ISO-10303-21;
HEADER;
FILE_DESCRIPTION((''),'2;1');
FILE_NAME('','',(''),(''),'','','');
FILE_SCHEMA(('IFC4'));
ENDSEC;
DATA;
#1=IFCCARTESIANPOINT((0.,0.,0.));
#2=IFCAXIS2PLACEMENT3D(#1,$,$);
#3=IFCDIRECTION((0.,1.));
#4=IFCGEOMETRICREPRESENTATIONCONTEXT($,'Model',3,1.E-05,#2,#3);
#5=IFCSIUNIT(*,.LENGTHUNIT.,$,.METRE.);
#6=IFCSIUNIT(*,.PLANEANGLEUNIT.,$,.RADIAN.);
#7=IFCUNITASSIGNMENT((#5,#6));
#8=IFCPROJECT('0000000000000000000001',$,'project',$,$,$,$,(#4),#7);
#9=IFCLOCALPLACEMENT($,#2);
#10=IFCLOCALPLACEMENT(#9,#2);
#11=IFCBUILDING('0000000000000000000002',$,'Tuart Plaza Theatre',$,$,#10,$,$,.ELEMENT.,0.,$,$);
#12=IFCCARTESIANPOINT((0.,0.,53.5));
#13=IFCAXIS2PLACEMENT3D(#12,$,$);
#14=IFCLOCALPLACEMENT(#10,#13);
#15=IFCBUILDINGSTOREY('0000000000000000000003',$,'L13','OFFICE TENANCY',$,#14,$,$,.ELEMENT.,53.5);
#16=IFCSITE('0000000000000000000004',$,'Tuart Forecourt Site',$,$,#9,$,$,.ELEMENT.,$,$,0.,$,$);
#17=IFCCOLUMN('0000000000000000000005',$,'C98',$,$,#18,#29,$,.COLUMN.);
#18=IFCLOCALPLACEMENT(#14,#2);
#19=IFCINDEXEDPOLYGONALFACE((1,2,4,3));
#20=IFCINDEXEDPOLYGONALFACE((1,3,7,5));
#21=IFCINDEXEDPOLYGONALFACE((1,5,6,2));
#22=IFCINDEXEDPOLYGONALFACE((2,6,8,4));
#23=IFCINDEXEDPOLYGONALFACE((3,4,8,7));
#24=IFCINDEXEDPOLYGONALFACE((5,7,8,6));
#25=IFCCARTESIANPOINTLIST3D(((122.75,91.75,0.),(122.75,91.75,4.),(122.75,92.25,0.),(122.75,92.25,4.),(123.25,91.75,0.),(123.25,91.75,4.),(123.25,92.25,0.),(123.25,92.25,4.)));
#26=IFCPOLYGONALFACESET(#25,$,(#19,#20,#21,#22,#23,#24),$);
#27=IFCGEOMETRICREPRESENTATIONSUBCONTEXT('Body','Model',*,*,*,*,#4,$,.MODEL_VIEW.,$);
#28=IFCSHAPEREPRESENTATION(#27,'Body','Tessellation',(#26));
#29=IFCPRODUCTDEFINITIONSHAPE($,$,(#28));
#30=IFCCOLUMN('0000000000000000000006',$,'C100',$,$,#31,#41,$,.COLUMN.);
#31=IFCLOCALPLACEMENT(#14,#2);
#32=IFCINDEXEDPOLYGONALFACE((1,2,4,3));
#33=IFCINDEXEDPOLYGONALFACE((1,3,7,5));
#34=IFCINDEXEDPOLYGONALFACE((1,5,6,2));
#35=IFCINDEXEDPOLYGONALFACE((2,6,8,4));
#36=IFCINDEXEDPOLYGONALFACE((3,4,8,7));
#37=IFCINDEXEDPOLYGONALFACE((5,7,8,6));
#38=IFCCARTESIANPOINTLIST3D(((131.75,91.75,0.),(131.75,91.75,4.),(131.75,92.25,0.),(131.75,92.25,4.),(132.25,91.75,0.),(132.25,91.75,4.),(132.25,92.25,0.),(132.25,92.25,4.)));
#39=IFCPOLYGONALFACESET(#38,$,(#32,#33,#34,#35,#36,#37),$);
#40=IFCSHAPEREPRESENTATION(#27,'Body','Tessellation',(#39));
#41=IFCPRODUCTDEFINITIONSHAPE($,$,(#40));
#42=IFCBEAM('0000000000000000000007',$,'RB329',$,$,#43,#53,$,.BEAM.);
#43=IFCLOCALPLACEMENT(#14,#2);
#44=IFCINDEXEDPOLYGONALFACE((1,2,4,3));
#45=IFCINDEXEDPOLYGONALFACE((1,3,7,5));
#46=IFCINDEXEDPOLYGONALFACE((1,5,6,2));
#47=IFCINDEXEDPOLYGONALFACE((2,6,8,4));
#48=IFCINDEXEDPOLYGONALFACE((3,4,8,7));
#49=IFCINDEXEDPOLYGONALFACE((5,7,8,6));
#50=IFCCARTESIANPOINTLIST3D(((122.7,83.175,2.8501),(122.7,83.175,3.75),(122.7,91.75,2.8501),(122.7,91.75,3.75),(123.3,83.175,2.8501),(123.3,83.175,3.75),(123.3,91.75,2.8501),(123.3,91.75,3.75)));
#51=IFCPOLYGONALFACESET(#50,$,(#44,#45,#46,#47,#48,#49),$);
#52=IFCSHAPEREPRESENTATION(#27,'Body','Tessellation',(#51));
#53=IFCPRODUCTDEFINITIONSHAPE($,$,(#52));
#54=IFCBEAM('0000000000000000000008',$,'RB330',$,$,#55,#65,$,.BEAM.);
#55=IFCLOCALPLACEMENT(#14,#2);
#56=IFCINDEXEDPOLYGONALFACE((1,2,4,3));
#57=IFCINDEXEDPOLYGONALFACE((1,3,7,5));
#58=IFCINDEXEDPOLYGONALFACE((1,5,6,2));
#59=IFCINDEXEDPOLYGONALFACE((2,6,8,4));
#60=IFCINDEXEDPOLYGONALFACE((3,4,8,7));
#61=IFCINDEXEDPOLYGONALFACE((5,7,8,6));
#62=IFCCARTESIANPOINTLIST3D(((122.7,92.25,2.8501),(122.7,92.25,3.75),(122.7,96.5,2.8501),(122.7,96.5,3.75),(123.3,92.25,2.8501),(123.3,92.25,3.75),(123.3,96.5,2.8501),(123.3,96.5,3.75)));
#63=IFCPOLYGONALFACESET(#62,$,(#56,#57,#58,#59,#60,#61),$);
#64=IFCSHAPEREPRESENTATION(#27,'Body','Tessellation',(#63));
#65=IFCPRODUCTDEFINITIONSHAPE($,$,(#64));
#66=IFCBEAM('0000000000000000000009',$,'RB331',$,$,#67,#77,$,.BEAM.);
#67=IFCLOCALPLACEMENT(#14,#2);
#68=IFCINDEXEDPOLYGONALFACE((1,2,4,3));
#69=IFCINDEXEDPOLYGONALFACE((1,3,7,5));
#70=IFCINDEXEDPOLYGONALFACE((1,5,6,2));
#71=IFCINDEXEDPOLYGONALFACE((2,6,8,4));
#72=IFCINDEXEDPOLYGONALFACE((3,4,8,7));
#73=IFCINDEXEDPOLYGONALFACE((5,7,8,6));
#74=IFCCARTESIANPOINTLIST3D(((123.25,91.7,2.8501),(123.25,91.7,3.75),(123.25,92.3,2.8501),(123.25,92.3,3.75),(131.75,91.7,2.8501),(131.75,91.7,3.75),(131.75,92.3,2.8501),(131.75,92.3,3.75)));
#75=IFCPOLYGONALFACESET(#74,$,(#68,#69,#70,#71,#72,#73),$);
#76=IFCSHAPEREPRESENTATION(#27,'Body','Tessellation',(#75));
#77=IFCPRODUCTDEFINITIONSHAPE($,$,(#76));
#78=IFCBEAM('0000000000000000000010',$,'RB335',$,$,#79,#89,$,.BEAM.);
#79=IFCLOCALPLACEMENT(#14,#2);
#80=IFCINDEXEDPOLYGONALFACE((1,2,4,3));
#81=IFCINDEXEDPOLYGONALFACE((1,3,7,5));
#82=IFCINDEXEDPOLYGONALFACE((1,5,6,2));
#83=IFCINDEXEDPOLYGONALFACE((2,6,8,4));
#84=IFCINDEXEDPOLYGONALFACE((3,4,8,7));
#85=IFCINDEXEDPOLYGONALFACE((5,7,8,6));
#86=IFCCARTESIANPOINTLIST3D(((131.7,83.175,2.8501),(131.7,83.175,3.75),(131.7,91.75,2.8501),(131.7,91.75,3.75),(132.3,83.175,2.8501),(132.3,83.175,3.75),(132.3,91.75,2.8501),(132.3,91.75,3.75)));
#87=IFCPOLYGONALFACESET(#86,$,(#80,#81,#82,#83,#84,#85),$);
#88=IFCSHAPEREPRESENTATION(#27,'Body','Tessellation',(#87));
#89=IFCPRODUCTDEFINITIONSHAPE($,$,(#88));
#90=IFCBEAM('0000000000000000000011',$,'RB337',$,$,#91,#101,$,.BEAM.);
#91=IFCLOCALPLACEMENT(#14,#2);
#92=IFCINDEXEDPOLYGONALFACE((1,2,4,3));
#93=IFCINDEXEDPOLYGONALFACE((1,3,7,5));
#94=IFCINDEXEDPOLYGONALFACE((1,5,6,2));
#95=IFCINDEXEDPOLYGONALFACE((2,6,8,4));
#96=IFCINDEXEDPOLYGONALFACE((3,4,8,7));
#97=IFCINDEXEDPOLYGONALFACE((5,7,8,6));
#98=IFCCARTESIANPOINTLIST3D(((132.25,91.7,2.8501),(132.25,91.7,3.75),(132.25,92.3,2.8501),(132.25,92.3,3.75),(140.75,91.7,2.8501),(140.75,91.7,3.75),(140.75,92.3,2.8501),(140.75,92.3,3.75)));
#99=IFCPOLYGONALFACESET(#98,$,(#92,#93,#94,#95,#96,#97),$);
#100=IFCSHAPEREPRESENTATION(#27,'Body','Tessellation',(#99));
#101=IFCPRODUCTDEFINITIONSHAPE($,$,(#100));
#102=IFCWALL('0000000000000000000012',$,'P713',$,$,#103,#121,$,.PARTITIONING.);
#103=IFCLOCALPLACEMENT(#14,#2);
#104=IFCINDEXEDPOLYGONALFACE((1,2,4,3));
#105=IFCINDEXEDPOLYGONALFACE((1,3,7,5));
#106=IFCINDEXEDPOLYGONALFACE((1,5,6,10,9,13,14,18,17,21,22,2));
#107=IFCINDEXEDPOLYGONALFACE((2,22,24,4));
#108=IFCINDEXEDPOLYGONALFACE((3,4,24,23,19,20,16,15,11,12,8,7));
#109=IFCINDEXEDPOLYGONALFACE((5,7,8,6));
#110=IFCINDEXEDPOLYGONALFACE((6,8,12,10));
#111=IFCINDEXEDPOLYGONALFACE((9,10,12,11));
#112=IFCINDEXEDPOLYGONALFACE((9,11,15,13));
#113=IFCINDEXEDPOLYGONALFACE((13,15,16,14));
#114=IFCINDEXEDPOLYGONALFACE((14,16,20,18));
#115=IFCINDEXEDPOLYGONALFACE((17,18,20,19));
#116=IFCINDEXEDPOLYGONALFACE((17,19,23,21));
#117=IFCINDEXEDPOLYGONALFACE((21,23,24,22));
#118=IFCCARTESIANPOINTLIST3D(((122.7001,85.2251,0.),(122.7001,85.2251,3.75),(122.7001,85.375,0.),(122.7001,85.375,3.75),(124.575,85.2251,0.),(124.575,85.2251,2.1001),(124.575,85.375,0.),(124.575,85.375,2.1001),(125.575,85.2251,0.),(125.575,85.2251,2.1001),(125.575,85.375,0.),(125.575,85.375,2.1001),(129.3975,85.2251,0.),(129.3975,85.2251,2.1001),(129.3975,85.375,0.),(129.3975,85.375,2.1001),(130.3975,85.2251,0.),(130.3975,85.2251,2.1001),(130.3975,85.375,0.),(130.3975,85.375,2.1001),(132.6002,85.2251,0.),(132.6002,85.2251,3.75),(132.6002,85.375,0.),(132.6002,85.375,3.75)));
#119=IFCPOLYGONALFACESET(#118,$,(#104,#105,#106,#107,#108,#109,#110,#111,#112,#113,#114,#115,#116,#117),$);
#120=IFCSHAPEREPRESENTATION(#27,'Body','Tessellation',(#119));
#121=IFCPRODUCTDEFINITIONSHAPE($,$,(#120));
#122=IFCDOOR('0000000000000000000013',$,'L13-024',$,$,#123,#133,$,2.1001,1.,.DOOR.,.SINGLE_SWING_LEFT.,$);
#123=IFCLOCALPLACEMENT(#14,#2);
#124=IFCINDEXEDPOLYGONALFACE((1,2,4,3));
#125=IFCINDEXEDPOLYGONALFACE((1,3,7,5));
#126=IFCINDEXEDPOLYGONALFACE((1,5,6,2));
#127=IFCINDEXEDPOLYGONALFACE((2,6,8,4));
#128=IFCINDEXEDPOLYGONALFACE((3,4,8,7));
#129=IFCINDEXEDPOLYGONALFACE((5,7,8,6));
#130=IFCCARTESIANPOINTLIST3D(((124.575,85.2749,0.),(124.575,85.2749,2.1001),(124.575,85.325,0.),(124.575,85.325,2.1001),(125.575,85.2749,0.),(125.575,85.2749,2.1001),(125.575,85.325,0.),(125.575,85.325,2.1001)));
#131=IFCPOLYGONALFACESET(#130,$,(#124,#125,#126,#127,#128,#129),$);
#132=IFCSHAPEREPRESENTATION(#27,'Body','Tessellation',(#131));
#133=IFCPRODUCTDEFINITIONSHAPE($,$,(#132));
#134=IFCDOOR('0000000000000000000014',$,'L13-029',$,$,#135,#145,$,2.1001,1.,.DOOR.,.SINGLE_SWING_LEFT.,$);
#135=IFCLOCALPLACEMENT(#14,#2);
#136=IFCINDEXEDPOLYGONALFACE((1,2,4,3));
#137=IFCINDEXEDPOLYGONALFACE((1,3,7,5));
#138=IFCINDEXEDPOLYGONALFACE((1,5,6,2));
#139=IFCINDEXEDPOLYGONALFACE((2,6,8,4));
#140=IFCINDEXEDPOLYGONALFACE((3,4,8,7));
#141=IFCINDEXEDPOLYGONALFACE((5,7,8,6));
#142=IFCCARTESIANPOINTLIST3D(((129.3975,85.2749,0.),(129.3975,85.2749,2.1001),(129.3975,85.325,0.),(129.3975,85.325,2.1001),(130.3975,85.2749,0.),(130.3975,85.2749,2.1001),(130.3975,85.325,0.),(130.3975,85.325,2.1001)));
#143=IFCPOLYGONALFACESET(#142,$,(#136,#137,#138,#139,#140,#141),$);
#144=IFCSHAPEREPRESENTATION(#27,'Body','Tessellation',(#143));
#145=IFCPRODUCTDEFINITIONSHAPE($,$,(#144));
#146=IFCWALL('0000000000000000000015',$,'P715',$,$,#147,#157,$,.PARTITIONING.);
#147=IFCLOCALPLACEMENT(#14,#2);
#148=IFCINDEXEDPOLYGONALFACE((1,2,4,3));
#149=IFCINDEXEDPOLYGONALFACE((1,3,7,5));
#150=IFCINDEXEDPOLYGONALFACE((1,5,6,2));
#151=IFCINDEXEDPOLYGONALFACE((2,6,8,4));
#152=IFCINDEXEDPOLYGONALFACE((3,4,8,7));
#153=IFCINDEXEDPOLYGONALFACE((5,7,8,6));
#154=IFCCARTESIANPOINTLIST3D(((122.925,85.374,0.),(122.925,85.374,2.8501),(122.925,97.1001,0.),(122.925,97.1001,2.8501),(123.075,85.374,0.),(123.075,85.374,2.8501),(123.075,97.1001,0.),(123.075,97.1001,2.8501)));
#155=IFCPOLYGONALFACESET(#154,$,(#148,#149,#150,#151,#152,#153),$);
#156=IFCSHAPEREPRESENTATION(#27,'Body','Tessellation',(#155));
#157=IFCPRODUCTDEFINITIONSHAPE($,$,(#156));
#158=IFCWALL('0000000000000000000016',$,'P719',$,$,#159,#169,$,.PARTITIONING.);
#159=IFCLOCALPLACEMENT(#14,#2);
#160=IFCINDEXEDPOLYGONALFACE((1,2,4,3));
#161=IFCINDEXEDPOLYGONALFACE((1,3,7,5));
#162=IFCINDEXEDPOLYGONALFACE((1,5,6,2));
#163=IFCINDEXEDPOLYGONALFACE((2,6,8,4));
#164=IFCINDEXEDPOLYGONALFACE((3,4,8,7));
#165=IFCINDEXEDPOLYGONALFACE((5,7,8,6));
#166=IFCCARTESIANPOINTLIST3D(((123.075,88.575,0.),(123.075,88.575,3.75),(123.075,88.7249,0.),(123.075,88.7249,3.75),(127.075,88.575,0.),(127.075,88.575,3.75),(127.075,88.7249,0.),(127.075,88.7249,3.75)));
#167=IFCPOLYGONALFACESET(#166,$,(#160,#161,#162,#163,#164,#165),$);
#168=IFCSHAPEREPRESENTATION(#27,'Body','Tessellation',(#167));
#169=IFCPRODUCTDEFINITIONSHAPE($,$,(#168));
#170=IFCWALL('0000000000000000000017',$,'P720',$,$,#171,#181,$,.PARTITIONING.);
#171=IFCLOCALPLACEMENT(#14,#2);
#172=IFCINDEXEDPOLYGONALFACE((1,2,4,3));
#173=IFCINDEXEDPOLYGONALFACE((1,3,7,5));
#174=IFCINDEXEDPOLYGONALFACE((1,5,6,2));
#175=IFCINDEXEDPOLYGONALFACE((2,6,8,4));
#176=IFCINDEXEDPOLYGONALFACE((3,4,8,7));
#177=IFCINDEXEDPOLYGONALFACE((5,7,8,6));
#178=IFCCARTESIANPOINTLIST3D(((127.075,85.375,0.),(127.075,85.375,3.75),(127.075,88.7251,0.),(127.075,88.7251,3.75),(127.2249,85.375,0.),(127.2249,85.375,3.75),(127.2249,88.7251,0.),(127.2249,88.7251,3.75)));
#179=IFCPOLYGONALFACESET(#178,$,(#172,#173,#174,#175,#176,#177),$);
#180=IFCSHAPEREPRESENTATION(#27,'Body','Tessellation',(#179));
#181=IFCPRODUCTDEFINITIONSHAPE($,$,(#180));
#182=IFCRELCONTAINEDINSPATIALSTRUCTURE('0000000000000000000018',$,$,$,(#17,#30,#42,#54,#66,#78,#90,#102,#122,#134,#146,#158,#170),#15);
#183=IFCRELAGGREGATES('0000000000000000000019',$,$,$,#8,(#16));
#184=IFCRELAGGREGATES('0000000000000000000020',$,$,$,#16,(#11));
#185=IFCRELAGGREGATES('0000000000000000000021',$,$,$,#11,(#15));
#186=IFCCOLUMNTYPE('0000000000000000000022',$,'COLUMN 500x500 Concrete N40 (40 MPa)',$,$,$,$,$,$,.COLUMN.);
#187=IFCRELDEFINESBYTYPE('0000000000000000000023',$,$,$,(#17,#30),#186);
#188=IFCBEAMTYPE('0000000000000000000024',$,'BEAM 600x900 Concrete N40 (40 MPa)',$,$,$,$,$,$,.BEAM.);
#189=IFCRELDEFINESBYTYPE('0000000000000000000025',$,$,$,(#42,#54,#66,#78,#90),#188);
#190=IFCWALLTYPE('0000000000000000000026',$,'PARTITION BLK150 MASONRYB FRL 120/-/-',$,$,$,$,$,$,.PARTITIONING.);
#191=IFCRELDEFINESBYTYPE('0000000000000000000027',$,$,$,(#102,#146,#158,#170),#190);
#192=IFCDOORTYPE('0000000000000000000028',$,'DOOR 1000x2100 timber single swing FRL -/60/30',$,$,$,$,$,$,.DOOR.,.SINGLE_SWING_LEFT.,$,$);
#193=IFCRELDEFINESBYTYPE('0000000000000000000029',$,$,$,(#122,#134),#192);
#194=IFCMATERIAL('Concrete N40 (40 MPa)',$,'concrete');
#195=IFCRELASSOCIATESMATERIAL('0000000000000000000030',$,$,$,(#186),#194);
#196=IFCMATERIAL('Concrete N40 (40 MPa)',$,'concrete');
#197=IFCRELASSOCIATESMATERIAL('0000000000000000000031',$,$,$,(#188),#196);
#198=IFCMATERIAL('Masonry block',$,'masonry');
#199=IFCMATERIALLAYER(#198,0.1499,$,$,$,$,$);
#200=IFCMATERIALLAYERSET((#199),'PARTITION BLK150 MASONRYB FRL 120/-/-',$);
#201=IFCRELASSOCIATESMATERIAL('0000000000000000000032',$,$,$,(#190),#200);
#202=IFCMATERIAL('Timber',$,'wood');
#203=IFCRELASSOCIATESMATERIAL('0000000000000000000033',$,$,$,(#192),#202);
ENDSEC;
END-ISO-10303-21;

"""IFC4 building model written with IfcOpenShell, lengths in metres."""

from ifc_helpers import new_model, si_unit, direction, frame, frame_2d, origin, origin_2d, place, context, subcontext, project, spatial, rectangle, extrude, material, layer, layer_set, material_profile, profile_set, type_object, element, fill, save


model = new_model("IFC4")

# Units and contexts
model_context = context("Model", 3, precision=1e-05, world=origin(), true_north=direction((0.0, 1.0)))
body_context = subcontext(model_context, "Body", "Model", "MODEL_VIEW")
ifc_project = project(units=[si_unit("LENGTHUNIT", "METRE"), si_unit("PLANEANGLEUNIT", "RADIAN")], contexts=[model_context])

# Site, building, storey
site_placement = place(None, origin())
site = spatial("IfcSite", under=ifc_project, at=site_placement, Name="Tuart Forecourt Site", CompositionType="ELEMENT", RefElevation=0.0)
building_placement = place(site_placement, origin())
building = spatial("IfcBuilding", under=site, at=building_placement, Name="Tuart Plaza Theatre", CompositionType="ELEMENT", ElevationOfRefHeight=0.0)
storey_placement = place(building_placement, frame((0.0, 0.0, 53.5)))
storey = spatial("IfcBuildingStorey", under=building, at=storey_placement, Name="L13", Description="OFFICE TENANCY", CompositionType="ELEMENT", Elevation=53.5)

# Columns
ifc_material_1 = material(Name="Concrete N40 (40 MPa)", Category="concrete")
ifc_material_profile_1 = material_profile(ifc_material_1, rectangle(XDim=0.5, YDim=0.5, at=origin_2d()), Name="COLUMN 500x500 Concrete N40 (40 MPa)")
ifc_profile_set_1 = profile_set([ifc_material_profile_1], Name="Concrete N40 (40 MPa)")
column_type = type_object("IfcColumnType", Name="COLUMN 500x500 Concrete N40 (40 MPa)", PredefinedType="COLUMN", material=ifc_profile_set_1)
for number, where, z_axis, x_axis, name in (
    (1, (123.0, 92.0, 0.0), (0.0, 0.0, 1.0), (1.0, 0.0, 0.0), "C98"),
    (2, (132.0, 92.0, 0.0), (0.0, 0.0, 1.0), (1.0, 0.0, 0.0), "C100"),
):
    element("IfcColumn", number, at=place(storey_placement, frame(where, z_axis=z_axis, x_axis=x_axis)), inside=storey, type_object=column_type, Name=name, PredefinedType="COLUMN", context=body_context, shape_type="SweptSolid", body=[
        extrude(rectangle(XDim=0.5, YDim=0.5, at=origin_2d()), origin(), (0.0, 0.0, 1.0), 4.0),
    ])

# Beams
ifc_material_2 = material(Name="Concrete N40 (40 MPa)", Category="concrete")
ifc_material_profile_2 = material_profile(ifc_material_2, rectangle(XDim=0.6001, YDim=0.8999, at=origin_2d()), Name="BEAM 600x900 Concrete N40 (40 MPa)")
ifc_profile_set_2 = profile_set([ifc_material_profile_2], Name="Concrete N40 (40 MPa)")
beam_type = type_object("IfcBeamType", Name="BEAM 600x900 Concrete N40 (40 MPa)", PredefinedType="BEAM", material=ifc_profile_set_2)
beam_1_placement = place(storey_placement, frame((123.0, 83.175, 3.3), z_axis=(0.0, 1.0, 0.0), x_axis=(-1.0, 0.0, 0.0)))
element("IfcBeam", 3, at=beam_1_placement, inside=storey, type_object=beam_type, Name="RB329", PredefinedType="BEAM", context=body_context, shape_type="SweptSolid", body=[
    extrude(rectangle(XDim=0.6001, YDim=0.8999, at=origin_2d()), origin(), (0.0, 0.0, 1.0), 8.575),
])
beam_2_placement = place(storey_placement, frame((123.0, 92.25, 3.3), z_axis=(0.0, 1.0, 0.0), x_axis=(-1.0, 0.0, 0.0)))
element("IfcBeam", 4, at=beam_2_placement, inside=storey, type_object=beam_type, Name="RB330", PredefinedType="BEAM", context=body_context, shape_type="SweptSolid", body=[
    extrude(rectangle(XDim=0.6001, YDim=0.8999, at=origin_2d()), origin(), (0.0, 0.0, 1.0), 4.25),
])
beam_3_placement = place(storey_placement, frame((123.25, 92.0, 3.3), z_axis=(1.0, 0.0, 0.0), x_axis=(0.0, 1.0, 0.0)))
element("IfcBeam", 5, at=beam_3_placement, inside=storey, type_object=beam_type, Name="RB331", PredefinedType="BEAM", context=body_context, shape_type="SweptSolid", body=[
    extrude(rectangle(XDim=0.6001, YDim=0.8999, at=origin_2d()), origin(), (0.0, 0.0, 1.0), 8.5),
])
beam_4_placement = place(storey_placement, frame((132.0, 83.175, 3.3), z_axis=(0.0, 1.0, 0.0), x_axis=(-1.0, 0.0, 0.0)))
element("IfcBeam", 6, at=beam_4_placement, inside=storey, type_object=beam_type, Name="RB335", PredefinedType="BEAM", context=body_context, shape_type="SweptSolid", body=[
    extrude(rectangle(XDim=0.6001, YDim=0.8999, at=origin_2d()), origin(), (0.0, 0.0, 1.0), 8.575),
])
beam_5_placement = place(storey_placement, frame((132.25, 92.0, 3.3), z_axis=(1.0, 0.0, 0.0), x_axis=(0.0, 1.0, 0.0)))
element("IfcBeam", 7, at=beam_5_placement, inside=storey, type_object=beam_type, Name="RB337", PredefinedType="BEAM", context=body_context, shape_type="SweptSolid", body=[
    extrude(rectangle(XDim=0.6001, YDim=0.8999, at=origin_2d()), origin(), (0.0, 0.0, 1.0), 8.5),
])

# Wall, openings, doors
ifc_material_3 = material(Name="Masonry block", Category="masonry")
ifc_layer_1 = layer(ifc_material_3, 0.1499)
ifc_layer_set_1 = layer_set([ifc_layer_1], Name="PARTITION BLK150 MASONRYB FRL 120/-/-")
wall_type_1 = type_object("IfcWallType", Name="PARTITION BLK150 MASONRYB FRL 120/-/-", PredefinedType="PARTITIONING", material=ifc_layer_set_1)
wall_1_placement = place(storey_placement, frame((122.7, 85.3, 0.0), z_axis=(0.0, 0.0, 1.0), x_axis=(1.0, 0.0, 0.0)))
wall_1 = element("IfcWall", 8, at=wall_1_placement, inside=storey, type_object=wall_type_1, Name="P713", PredefinedType="PARTITIONING", context=body_context, shape_type="SweptSolid", body=[
    extrude(rectangle(XDim=9.9001, YDim=0.1499, at=frame_2d((4.9502, 0.0))), origin(), (0.0, 0.0, 1.0), 3.75),
])
opening_1_placement = place(wall_1_placement, frame((1.875, 0.0, 0.0)))
opening_1 = element("IfcOpeningElement", 9, at=opening_1_placement, cuts=wall_1, PredefinedType="OPENING", context=body_context, shape_type="SweptSolid", body=[
    extrude(rectangle(XDim=1.0, YDim=2.1001, at=frame_2d((0.5, 1.05))), frame((0.0, 0.085, 0.0), z_axis=(0.0, -1.0, 0.0), x_axis=(1.0, 0.0, 0.0)), (0.0, 0.0, 1.0), 0.1699),
])
opening_2_placement = place(wall_1_placement, frame((6.6975, 0.0, 0.0)))
opening_2 = element("IfcOpeningElement", 10, at=opening_2_placement, cuts=wall_1, PredefinedType="OPENING", context=body_context, shape_type="SweptSolid", body=[
    extrude(rectangle(XDim=1.0, YDim=2.1001, at=frame_2d((0.5, 1.05))), frame((0.0, 0.085, 0.0), z_axis=(0.0, -1.0, 0.0), x_axis=(1.0, 0.0, 0.0)), (0.0, 0.0, 1.0), 0.1699),
])
ifc_material_4 = material(Name="Timber", Category="wood")
door_type_1 = type_object("IfcDoorType", Name="DOOR 1000x2100 timber single swing FRL -/60/30", OperationType="SINGLE_SWING_LEFT", PredefinedType="DOOR", material=ifc_material_4)
door_1_placement = place(opening_1_placement, origin())
door_1 = element("IfcDoor", 11, at=door_1_placement, inside=storey, type_object=door_type_1, Name="L13-024", OperationType="SINGLE_SWING_LEFT", OverallHeight=2.1001, OverallWidth=1.0, PredefinedType="DOOR", context=body_context, shape_type="SweptSolid", body=[
    extrude(rectangle(XDim=1.0, YDim=2.1001, at=frame_2d((0.5, 1.05))), frame((0.0, 0.0249, 0.0), z_axis=(0.0, -1.0, 0.0), x_axis=(1.0, 0.0, 0.0)), (0.0, 0.0, 1.0), 0.05),
])
fill(opening_1, door_1)
door_2_placement = place(opening_2_placement, origin())
door_2 = element("IfcDoor", 12, at=door_2_placement, inside=storey, type_object=door_type_1, Name="L13-029", OperationType="SINGLE_SWING_LEFT", OverallHeight=2.1001, OverallWidth=1.0, PredefinedType="DOOR", context=body_context, shape_type="SweptSolid", body=[
    extrude(rectangle(XDim=1.0, YDim=2.1001, at=frame_2d((0.5, 1.05))), frame((0.0, 0.0249, 0.0), z_axis=(0.0, -1.0, 0.0), x_axis=(1.0, 0.0, 0.0)), (0.0, 0.0, 1.0), 0.05),
])
fill(opening_2, door_2)

# Walls
wall_2_placement = place(storey_placement, frame((123.0, 85.374, 0.0), z_axis=(0.0, 0.0, 1.0), x_axis=(0.0, 1.0, 0.0)))
element("IfcWall", 13, at=wall_2_placement, inside=storey, type_object=wall_type_1, Name="P715", PredefinedType="PARTITIONING", context=body_context, shape_type="SweptSolid", body=[
    extrude(rectangle(XDim=11.7261, YDim=0.1499, at=frame_2d((5.863, 0.0))), origin(), (0.0, 0.0, 1.0), 2.8501),
])
wall_3_placement = place(storey_placement, frame((123.075, 88.6499, 0.0), z_axis=(0.0, 0.0, 1.0), x_axis=(1.0, 0.0, 0.0)))
element("IfcWall", 14, at=wall_3_placement, inside=storey, type_object=wall_type_1, Name="P719", PredefinedType="PARTITIONING", context=body_context, shape_type="SweptSolid", body=[
    extrude(rectangle(XDim=4.0, YDim=0.1499, at=frame_2d((2.0, 0.0))), origin(), (0.0, 0.0, 1.0), 3.75),
])
wall_4_placement = place(storey_placement, frame((127.1499, 85.375, 0.0), z_axis=(0.0, 0.0, 1.0), x_axis=(0.0, 1.0, 0.0)))
element("IfcWall", 15, at=wall_4_placement, inside=storey, type_object=wall_type_1, Name="P720", PredefinedType="PARTITIONING", context=body_context, shape_type="SweptSolid", body=[
    extrude(rectangle(XDim=3.3501, YDim=0.1499, at=frame_2d((1.675, 0.0))), origin(), (0.0, 0.0, 1.0), 3.75),
])

save(model, "model.ifc")
